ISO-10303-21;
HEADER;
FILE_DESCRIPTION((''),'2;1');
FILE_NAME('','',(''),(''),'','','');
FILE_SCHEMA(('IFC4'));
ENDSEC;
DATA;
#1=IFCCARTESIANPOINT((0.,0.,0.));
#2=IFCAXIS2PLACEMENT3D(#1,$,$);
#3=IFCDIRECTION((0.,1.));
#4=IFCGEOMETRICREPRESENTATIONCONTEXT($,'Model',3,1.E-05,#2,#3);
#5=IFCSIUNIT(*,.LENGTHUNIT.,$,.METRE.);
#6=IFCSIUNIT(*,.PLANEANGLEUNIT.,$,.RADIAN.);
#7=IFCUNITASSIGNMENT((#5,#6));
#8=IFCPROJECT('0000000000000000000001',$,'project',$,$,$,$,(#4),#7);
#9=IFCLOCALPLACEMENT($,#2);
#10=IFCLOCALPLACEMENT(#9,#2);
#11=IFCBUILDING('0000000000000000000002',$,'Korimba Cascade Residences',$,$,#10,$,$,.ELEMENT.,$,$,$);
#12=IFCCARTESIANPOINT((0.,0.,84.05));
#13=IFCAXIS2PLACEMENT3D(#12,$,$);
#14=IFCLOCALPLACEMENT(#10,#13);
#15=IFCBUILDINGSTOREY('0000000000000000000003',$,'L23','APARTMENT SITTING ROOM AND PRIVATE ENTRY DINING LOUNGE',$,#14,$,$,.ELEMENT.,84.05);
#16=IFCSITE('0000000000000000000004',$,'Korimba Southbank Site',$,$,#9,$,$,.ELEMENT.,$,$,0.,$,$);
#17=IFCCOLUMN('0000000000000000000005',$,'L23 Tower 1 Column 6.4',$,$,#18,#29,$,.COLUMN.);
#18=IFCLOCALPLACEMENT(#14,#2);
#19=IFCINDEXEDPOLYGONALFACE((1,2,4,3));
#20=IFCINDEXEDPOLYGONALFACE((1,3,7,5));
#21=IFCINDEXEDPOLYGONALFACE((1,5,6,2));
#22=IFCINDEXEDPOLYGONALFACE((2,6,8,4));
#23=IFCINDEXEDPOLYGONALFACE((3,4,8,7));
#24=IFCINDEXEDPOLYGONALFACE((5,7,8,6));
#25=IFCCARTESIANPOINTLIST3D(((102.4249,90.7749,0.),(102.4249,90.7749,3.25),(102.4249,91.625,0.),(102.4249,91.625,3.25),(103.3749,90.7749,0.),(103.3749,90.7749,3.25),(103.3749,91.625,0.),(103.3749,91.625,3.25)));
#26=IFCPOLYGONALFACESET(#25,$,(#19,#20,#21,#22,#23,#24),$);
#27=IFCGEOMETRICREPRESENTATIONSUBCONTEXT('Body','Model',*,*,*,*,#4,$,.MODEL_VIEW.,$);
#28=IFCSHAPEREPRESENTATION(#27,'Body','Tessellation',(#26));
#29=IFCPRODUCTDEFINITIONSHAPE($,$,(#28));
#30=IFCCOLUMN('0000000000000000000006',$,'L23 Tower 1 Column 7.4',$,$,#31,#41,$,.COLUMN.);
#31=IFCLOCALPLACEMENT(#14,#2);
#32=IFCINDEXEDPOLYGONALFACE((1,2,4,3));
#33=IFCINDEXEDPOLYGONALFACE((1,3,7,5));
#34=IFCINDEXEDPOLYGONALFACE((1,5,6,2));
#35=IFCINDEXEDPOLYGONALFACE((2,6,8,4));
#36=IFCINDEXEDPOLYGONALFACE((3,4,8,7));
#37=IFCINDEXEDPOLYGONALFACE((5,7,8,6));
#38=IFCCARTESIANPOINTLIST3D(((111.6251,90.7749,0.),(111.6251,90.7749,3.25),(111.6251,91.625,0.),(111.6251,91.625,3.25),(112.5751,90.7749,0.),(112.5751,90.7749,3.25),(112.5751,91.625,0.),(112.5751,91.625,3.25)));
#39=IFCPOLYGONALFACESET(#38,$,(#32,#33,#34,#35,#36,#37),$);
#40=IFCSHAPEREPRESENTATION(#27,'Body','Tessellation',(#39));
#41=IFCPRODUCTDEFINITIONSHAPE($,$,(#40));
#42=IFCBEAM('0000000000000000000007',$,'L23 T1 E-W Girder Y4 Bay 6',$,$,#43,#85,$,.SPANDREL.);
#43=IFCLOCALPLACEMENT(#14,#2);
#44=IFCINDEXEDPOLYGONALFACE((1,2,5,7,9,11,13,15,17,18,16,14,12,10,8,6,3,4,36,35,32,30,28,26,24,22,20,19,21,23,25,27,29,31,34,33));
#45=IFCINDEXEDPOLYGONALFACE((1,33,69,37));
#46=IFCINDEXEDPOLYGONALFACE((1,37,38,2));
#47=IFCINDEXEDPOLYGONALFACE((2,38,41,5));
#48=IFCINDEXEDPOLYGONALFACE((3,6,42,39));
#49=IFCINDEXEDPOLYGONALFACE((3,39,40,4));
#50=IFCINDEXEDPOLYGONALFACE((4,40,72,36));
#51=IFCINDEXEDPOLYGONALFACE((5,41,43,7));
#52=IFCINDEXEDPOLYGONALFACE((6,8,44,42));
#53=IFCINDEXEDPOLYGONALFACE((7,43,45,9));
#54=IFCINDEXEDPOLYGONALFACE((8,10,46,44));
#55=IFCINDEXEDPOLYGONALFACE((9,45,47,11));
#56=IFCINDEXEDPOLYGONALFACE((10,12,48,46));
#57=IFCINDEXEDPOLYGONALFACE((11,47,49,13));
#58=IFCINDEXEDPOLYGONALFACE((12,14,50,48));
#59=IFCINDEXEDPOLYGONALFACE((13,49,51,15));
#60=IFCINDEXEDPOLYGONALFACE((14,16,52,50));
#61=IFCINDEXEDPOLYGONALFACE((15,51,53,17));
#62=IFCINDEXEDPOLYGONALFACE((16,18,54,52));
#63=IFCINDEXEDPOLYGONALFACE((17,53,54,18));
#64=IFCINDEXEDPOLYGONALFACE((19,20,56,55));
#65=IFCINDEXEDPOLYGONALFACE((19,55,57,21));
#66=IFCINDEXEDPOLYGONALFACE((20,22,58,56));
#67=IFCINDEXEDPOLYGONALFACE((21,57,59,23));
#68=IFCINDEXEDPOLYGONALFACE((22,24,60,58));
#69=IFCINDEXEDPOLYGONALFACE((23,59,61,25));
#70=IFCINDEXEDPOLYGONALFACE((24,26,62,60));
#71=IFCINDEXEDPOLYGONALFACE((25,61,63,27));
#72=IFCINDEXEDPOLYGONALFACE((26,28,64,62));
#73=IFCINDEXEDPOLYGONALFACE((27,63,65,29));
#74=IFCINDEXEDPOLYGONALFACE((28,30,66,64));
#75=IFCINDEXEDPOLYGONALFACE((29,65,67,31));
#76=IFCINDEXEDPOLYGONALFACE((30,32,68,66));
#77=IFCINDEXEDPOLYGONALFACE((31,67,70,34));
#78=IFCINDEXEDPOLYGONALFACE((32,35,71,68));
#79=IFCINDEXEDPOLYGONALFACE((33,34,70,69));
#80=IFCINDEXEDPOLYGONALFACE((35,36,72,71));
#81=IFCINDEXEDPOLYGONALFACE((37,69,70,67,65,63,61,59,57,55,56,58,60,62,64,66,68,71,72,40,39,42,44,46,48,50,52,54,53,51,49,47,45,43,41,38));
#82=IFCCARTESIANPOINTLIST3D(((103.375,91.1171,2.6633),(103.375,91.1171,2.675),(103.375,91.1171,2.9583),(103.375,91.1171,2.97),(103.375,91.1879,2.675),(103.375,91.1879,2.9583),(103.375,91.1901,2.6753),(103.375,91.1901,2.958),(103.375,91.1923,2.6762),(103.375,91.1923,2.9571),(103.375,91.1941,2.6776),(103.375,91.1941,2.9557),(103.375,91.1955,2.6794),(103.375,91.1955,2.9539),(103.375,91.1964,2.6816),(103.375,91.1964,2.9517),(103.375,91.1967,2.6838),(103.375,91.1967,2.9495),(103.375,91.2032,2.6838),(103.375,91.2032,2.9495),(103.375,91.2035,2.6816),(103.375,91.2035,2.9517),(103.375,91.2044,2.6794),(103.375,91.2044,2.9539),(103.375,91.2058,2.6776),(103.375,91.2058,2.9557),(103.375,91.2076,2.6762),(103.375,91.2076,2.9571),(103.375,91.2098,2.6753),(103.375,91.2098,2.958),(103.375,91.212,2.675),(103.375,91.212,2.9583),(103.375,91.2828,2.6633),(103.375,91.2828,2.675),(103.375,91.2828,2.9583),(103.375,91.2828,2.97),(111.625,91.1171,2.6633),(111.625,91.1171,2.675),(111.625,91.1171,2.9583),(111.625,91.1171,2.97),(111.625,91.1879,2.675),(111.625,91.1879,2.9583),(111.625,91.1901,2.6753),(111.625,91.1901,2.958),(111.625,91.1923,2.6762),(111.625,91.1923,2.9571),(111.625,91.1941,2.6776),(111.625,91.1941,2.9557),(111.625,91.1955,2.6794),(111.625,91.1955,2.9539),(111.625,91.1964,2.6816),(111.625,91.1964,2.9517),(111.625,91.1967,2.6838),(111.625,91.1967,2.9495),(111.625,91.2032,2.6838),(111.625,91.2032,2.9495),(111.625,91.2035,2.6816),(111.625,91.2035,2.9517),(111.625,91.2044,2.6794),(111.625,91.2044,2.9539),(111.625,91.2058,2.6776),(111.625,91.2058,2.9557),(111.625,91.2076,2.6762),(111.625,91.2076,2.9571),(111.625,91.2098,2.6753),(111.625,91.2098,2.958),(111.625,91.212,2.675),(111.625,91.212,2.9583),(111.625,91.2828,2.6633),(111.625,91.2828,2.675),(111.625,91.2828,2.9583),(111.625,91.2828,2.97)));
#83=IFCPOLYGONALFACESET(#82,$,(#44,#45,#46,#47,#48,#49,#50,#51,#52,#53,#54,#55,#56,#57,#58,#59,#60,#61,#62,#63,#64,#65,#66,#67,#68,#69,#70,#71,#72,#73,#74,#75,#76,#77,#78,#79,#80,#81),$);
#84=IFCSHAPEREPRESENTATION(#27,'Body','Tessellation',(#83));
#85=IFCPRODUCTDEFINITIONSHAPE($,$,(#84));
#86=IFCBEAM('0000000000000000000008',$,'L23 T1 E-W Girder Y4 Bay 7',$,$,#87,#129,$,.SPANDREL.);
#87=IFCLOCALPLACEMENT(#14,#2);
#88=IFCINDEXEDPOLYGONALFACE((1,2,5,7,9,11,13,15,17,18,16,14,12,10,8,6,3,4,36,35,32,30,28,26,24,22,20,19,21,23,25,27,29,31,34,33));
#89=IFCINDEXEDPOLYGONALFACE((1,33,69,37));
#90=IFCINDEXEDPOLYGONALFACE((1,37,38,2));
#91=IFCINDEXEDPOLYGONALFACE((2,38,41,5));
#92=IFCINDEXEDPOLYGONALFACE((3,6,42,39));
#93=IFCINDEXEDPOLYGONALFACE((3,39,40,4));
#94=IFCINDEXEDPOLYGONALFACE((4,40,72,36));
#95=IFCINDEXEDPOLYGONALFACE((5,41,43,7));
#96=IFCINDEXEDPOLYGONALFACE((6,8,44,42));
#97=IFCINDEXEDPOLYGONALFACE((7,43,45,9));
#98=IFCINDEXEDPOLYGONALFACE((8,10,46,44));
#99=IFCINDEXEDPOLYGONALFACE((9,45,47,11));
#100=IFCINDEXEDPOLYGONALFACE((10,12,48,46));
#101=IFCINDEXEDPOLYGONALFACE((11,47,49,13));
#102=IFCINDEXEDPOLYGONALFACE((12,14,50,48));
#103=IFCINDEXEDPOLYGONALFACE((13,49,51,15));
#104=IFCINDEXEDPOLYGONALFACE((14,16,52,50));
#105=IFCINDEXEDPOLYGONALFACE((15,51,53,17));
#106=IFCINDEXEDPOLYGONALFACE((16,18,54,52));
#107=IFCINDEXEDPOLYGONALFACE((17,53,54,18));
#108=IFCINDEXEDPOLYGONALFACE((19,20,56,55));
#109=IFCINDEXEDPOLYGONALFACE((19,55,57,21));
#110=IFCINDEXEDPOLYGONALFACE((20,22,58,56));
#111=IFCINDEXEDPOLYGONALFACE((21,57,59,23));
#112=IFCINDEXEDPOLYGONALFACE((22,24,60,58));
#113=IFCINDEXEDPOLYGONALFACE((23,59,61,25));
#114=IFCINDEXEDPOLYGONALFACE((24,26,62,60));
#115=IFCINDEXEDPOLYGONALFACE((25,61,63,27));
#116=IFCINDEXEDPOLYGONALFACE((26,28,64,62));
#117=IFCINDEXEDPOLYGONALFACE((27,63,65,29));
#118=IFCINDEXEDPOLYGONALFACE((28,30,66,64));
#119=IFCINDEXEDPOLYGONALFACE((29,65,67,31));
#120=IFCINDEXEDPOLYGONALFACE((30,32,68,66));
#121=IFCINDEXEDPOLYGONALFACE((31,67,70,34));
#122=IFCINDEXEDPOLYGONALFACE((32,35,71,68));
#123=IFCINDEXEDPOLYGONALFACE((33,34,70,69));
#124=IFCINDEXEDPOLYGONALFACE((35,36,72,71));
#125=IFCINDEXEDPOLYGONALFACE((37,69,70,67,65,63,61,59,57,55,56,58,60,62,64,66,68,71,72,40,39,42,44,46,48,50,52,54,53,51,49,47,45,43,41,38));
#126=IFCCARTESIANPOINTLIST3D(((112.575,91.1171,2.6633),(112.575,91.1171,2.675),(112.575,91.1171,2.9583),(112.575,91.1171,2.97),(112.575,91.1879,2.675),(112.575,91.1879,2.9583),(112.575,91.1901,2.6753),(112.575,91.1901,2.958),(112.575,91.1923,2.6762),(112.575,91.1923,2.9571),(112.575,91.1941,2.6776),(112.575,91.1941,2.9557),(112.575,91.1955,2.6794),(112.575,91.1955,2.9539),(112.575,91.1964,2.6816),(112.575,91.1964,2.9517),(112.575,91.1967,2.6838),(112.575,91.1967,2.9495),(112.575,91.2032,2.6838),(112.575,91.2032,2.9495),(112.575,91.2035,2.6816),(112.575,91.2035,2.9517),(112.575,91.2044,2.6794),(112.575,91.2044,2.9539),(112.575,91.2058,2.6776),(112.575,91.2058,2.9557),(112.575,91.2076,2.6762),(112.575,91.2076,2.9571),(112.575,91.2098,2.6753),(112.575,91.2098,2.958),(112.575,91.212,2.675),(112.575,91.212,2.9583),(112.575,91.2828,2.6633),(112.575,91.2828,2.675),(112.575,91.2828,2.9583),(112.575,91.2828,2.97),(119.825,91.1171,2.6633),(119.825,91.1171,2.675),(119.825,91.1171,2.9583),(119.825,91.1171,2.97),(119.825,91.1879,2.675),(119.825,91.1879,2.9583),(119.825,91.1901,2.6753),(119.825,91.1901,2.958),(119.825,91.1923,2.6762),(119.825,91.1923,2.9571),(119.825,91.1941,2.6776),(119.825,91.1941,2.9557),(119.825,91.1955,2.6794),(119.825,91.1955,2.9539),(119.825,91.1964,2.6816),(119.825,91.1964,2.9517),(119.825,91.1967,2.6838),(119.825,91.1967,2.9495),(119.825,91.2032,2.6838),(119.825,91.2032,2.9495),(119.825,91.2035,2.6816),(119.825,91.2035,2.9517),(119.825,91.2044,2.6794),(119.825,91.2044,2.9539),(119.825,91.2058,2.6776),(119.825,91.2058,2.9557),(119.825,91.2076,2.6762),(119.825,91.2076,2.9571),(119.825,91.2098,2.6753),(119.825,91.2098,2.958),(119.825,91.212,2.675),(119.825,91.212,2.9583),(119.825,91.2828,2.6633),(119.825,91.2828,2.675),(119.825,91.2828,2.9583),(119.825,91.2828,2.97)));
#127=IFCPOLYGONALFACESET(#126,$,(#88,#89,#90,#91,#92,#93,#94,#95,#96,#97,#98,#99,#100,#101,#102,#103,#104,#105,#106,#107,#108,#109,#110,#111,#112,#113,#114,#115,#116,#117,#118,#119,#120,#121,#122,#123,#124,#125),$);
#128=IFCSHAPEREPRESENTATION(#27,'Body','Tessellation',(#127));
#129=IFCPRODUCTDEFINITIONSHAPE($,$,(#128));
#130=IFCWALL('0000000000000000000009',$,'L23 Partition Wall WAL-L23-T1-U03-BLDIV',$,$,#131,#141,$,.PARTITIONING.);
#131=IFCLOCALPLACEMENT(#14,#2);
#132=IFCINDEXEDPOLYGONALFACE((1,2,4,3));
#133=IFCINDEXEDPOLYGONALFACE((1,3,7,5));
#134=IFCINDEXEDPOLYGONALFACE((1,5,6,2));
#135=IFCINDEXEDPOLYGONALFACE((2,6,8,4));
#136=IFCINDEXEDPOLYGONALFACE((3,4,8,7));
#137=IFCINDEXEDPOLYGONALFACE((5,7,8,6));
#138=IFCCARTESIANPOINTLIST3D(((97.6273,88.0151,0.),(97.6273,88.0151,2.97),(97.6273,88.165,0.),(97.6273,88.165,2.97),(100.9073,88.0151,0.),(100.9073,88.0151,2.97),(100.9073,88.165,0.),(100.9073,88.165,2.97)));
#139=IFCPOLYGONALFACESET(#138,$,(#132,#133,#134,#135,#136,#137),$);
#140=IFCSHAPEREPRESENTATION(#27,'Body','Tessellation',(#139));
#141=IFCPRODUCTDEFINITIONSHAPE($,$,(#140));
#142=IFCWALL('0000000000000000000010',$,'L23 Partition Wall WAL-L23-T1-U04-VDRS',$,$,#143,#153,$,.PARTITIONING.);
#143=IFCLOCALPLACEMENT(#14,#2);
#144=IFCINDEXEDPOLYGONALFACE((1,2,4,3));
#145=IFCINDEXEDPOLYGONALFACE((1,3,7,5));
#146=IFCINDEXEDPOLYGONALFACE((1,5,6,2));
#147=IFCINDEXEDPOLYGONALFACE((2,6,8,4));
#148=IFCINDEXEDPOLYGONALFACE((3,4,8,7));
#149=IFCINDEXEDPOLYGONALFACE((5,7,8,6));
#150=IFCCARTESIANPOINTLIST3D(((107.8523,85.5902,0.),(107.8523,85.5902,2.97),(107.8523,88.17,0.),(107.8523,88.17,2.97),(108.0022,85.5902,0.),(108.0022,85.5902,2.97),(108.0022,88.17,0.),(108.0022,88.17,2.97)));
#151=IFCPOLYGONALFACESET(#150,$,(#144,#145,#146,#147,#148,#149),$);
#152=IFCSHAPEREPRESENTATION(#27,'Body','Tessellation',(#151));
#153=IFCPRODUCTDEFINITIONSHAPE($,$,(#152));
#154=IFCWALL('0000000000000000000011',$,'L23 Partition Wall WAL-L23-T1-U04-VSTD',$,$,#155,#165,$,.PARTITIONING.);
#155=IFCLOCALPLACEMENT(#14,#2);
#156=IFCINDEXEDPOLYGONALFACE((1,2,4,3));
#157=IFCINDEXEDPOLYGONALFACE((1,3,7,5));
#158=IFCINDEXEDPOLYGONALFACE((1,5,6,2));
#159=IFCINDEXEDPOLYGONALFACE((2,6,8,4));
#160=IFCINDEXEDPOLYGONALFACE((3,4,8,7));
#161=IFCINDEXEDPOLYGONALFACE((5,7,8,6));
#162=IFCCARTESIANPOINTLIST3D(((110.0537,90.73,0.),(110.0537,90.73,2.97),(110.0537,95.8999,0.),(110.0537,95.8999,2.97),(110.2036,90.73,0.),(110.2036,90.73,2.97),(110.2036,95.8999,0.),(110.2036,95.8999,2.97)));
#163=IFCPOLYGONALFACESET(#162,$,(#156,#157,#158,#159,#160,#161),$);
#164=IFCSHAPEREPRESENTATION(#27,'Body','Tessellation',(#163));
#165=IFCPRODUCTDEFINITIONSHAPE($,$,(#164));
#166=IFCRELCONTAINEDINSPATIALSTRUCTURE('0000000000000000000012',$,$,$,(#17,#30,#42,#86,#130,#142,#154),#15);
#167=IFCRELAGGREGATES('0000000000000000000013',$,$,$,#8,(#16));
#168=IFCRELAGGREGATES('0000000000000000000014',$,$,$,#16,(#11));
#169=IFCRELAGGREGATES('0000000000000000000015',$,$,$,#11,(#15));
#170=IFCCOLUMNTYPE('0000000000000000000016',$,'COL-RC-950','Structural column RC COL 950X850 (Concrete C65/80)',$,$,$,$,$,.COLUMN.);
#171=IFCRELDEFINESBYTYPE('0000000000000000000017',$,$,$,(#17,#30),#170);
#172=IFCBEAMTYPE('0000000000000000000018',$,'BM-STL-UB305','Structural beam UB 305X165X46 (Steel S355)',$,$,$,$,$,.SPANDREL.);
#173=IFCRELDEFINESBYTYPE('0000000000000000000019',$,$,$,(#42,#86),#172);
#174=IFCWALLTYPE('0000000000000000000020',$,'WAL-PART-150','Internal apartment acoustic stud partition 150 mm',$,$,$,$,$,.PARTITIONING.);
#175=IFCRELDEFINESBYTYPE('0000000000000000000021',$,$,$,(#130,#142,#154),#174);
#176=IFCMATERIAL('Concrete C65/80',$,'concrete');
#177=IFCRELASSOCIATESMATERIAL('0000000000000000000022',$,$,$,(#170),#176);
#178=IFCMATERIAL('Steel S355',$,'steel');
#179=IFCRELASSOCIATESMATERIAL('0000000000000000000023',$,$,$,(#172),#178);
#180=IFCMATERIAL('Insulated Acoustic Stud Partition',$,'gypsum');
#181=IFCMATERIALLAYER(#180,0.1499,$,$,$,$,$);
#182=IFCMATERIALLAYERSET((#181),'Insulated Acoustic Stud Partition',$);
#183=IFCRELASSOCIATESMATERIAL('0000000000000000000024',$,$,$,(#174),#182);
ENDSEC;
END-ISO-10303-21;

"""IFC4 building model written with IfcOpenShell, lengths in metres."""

from ifc_helpers import new_model, si_unit, direction, frame, frame_2d, origin, origin_2d, place, context, subcontext, project, spatial, rectangle, i_section, extrude, material, layer, layer_set, material_profile, profile_set, type_object, element, save


model = new_model("IFC4")

# Units and contexts
model_context = context("Model", 3, precision=1e-05, world=origin(), true_north=direction((0.0, 1.0)))
body_context = subcontext(model_context, "Body", "Model", "MODEL_VIEW")
ifc_project = project(units=[si_unit("LENGTHUNIT", "METRE"), si_unit("PLANEANGLEUNIT", "RADIAN")], contexts=[model_context])

# Site, building, storey
site_placement = place(None, origin())
site = spatial("IfcSite", under=ifc_project, at=site_placement, Name="Korimba Southbank Site", CompositionType="ELEMENT", RefElevation=0.0)
building_placement = place(site_placement, origin())
building = spatial("IfcBuilding", under=site, at=building_placement, Name="Korimba Cascade Residences", CompositionType="ELEMENT")
storey_placement = place(building_placement, frame((0.0, 0.0, 84.05)))
storey = spatial("IfcBuildingStorey", under=building, at=storey_placement, Name="L23", Description="APARTMENT SITTING ROOM AND PRIVATE ENTRY DINING LOUNGE", CompositionType="ELEMENT", Elevation=84.05)

# Columns
ifc_material_1 = material(Name="Concrete C65/80", Category="concrete")
ifc_material_profile_1 = material_profile(ifc_material_1, rectangle(XDim=0.95, YDim=0.8501, at=origin_2d()), Name="Concrete C65/80")
ifc_profile_set_1 = profile_set([ifc_material_profile_1], Name="Concrete C65/80")
column_type = type_object("IfcColumnType", Name="COL-RC-950", Description="Structural column RC COL 950X850 (Concrete C65/80)", PredefinedType="COLUMN", material=ifc_profile_set_1)
for number, where, z_axis, x_axis, name in (
    (1, (102.8999, 91.2, 0.0), (0.0, 0.0, 1.0), (1.0, 0.0, 0.0), "L23 Tower 1 Column 6.4"),
    (2, (112.1001, 91.2, 0.0), (0.0, 0.0, 1.0), (1.0, 0.0, 0.0), "L23 Tower 1 Column 7.4"),
):
    element("IfcColumn", number, at=place(storey_placement, frame(where, z_axis=z_axis, x_axis=x_axis)), inside=storey, type_object=column_type, Name=name, PredefinedType="COLUMN", context=body_context, shape_type="SweptSolid", body=[
        extrude(rectangle(XDim=0.95, YDim=0.8501, at=origin_2d()), origin(), (0.0, 0.0, 1.0), 3.25),
    ])

# Beams
ifc_material_2 = material(Name="Steel S355", Category="steel")
ifc_material_profile_2 = material_profile(ifc_material_2, i_section(OverallWidth=0.1658, OverallDepth=0.3066, WebThickness=0.0066, FlangeThickness=0.0117, FilletRadius=0.0088, at=origin_2d()), Name="Steel S355")
ifc_profile_set_2 = profile_set([ifc_material_profile_2], Name="Steel S355")
beam_type = type_object("IfcBeamType", Name="BM-STL-UB305", Description="Structural beam UB 305X165X46 (Steel S355)", PredefinedType="SPANDREL", material=ifc_profile_set_2)
beam_1_placement = place(storey_placement, frame((103.375, 91.2, 2.8167), z_axis=(1.0, 0.0, 0.0), x_axis=(0.0, 1.0, 0.0)))
element("IfcBeam", 3, at=beam_1_placement, inside=storey, type_object=beam_type, Name="L23 T1 E-W Girder Y4 Bay 6", PredefinedType="SPANDREL", context=body_context, shape_type="SweptSolid", body=[
    extrude(i_section(OverallWidth=0.1658, OverallDepth=0.3066, WebThickness=0.0066, FlangeThickness=0.0117, FilletRadius=0.0088, at=origin_2d()), origin(), (0.0, 0.0, 1.0), 8.25),
])
beam_2_placement = place(storey_placement, frame((112.575, 91.2, 2.8167), z_axis=(1.0, 0.0, 0.0), x_axis=(0.0, 1.0, 0.0)))
element("IfcBeam", 4, at=beam_2_placement, inside=storey, type_object=beam_type, Name="L23 T1 E-W Girder Y4 Bay 7", PredefinedType="SPANDREL", context=body_context, shape_type="SweptSolid", body=[
    extrude(i_section(OverallWidth=0.1658, OverallDepth=0.3066, WebThickness=0.0066, FlangeThickness=0.0117, FilletRadius=0.0088, at=origin_2d()), origin(), (0.0, 0.0, 1.0), 7.25),
])

# Walls
ifc_material_3 = material(Name="Insulated Acoustic Stud Partition", Category="gypsum")
ifc_layer = layer(ifc_material_3, 0.1499)
ifc_layer_set = layer_set([ifc_layer], Name="Insulated Acoustic Stud Partition")
wall_type = type_object("IfcWallType", Name="WAL-PART-150", Description="Internal apartment acoustic stud partition 150 mm", PredefinedType="PARTITIONING", material=ifc_layer_set)
wall_1_placement = place(storey_placement, frame((97.6272, 88.0901, 0.0), z_axis=(0.0, 0.0, 1.0), x_axis=(1.0, 0.0, 0.0)))
element("IfcWall", 5, at=wall_1_placement, inside=storey, type_object=wall_type, Name="L23 Partition Wall WAL-L23-T1-U03-BLDIV", PredefinedType="PARTITIONING", context=body_context, shape_type="SweptSolid", body=[
    extrude(rectangle(XDim=3.28, YDim=0.1499, at=frame_2d((1.6401, 0.0))), origin(), (0.0, 0.0, 1.0), 2.97),
])
wall_2_placement = place(storey_placement, frame((107.9272, 85.5901, 0.0), z_axis=(0.0, 0.0, 1.0), x_axis=(0.0, 1.0, 0.0)))
element("IfcWall", 6, at=wall_2_placement, inside=storey, type_object=wall_type, Name="L23 Partition Wall WAL-L23-T1-U04-VDRS", PredefinedType="PARTITIONING", context=body_context, shape_type="SweptSolid", body=[
    extrude(rectangle(XDim=2.5798, YDim=0.1499, at=frame_2d((1.29, 0.0))), origin(), (0.0, 0.0, 1.0), 2.97),
])
wall_3_placement = place(storey_placement, frame((110.1287, 90.73, 0.0), z_axis=(0.0, 0.0, 1.0), x_axis=(0.0, 1.0, 0.0)))
element("IfcWall", 7, at=wall_3_placement, inside=storey, type_object=wall_type, Name="L23 Partition Wall WAL-L23-T1-U04-VSTD", PredefinedType="PARTITIONING", context=body_context, shape_type="SweptSolid", body=[
    extrude(rectangle(XDim=5.1699, YDim=0.1499, at=frame_2d((2.585, 0.0))), origin(), (0.0, 0.0, 1.0), 2.97),
])

save(model, "model.ifc")
